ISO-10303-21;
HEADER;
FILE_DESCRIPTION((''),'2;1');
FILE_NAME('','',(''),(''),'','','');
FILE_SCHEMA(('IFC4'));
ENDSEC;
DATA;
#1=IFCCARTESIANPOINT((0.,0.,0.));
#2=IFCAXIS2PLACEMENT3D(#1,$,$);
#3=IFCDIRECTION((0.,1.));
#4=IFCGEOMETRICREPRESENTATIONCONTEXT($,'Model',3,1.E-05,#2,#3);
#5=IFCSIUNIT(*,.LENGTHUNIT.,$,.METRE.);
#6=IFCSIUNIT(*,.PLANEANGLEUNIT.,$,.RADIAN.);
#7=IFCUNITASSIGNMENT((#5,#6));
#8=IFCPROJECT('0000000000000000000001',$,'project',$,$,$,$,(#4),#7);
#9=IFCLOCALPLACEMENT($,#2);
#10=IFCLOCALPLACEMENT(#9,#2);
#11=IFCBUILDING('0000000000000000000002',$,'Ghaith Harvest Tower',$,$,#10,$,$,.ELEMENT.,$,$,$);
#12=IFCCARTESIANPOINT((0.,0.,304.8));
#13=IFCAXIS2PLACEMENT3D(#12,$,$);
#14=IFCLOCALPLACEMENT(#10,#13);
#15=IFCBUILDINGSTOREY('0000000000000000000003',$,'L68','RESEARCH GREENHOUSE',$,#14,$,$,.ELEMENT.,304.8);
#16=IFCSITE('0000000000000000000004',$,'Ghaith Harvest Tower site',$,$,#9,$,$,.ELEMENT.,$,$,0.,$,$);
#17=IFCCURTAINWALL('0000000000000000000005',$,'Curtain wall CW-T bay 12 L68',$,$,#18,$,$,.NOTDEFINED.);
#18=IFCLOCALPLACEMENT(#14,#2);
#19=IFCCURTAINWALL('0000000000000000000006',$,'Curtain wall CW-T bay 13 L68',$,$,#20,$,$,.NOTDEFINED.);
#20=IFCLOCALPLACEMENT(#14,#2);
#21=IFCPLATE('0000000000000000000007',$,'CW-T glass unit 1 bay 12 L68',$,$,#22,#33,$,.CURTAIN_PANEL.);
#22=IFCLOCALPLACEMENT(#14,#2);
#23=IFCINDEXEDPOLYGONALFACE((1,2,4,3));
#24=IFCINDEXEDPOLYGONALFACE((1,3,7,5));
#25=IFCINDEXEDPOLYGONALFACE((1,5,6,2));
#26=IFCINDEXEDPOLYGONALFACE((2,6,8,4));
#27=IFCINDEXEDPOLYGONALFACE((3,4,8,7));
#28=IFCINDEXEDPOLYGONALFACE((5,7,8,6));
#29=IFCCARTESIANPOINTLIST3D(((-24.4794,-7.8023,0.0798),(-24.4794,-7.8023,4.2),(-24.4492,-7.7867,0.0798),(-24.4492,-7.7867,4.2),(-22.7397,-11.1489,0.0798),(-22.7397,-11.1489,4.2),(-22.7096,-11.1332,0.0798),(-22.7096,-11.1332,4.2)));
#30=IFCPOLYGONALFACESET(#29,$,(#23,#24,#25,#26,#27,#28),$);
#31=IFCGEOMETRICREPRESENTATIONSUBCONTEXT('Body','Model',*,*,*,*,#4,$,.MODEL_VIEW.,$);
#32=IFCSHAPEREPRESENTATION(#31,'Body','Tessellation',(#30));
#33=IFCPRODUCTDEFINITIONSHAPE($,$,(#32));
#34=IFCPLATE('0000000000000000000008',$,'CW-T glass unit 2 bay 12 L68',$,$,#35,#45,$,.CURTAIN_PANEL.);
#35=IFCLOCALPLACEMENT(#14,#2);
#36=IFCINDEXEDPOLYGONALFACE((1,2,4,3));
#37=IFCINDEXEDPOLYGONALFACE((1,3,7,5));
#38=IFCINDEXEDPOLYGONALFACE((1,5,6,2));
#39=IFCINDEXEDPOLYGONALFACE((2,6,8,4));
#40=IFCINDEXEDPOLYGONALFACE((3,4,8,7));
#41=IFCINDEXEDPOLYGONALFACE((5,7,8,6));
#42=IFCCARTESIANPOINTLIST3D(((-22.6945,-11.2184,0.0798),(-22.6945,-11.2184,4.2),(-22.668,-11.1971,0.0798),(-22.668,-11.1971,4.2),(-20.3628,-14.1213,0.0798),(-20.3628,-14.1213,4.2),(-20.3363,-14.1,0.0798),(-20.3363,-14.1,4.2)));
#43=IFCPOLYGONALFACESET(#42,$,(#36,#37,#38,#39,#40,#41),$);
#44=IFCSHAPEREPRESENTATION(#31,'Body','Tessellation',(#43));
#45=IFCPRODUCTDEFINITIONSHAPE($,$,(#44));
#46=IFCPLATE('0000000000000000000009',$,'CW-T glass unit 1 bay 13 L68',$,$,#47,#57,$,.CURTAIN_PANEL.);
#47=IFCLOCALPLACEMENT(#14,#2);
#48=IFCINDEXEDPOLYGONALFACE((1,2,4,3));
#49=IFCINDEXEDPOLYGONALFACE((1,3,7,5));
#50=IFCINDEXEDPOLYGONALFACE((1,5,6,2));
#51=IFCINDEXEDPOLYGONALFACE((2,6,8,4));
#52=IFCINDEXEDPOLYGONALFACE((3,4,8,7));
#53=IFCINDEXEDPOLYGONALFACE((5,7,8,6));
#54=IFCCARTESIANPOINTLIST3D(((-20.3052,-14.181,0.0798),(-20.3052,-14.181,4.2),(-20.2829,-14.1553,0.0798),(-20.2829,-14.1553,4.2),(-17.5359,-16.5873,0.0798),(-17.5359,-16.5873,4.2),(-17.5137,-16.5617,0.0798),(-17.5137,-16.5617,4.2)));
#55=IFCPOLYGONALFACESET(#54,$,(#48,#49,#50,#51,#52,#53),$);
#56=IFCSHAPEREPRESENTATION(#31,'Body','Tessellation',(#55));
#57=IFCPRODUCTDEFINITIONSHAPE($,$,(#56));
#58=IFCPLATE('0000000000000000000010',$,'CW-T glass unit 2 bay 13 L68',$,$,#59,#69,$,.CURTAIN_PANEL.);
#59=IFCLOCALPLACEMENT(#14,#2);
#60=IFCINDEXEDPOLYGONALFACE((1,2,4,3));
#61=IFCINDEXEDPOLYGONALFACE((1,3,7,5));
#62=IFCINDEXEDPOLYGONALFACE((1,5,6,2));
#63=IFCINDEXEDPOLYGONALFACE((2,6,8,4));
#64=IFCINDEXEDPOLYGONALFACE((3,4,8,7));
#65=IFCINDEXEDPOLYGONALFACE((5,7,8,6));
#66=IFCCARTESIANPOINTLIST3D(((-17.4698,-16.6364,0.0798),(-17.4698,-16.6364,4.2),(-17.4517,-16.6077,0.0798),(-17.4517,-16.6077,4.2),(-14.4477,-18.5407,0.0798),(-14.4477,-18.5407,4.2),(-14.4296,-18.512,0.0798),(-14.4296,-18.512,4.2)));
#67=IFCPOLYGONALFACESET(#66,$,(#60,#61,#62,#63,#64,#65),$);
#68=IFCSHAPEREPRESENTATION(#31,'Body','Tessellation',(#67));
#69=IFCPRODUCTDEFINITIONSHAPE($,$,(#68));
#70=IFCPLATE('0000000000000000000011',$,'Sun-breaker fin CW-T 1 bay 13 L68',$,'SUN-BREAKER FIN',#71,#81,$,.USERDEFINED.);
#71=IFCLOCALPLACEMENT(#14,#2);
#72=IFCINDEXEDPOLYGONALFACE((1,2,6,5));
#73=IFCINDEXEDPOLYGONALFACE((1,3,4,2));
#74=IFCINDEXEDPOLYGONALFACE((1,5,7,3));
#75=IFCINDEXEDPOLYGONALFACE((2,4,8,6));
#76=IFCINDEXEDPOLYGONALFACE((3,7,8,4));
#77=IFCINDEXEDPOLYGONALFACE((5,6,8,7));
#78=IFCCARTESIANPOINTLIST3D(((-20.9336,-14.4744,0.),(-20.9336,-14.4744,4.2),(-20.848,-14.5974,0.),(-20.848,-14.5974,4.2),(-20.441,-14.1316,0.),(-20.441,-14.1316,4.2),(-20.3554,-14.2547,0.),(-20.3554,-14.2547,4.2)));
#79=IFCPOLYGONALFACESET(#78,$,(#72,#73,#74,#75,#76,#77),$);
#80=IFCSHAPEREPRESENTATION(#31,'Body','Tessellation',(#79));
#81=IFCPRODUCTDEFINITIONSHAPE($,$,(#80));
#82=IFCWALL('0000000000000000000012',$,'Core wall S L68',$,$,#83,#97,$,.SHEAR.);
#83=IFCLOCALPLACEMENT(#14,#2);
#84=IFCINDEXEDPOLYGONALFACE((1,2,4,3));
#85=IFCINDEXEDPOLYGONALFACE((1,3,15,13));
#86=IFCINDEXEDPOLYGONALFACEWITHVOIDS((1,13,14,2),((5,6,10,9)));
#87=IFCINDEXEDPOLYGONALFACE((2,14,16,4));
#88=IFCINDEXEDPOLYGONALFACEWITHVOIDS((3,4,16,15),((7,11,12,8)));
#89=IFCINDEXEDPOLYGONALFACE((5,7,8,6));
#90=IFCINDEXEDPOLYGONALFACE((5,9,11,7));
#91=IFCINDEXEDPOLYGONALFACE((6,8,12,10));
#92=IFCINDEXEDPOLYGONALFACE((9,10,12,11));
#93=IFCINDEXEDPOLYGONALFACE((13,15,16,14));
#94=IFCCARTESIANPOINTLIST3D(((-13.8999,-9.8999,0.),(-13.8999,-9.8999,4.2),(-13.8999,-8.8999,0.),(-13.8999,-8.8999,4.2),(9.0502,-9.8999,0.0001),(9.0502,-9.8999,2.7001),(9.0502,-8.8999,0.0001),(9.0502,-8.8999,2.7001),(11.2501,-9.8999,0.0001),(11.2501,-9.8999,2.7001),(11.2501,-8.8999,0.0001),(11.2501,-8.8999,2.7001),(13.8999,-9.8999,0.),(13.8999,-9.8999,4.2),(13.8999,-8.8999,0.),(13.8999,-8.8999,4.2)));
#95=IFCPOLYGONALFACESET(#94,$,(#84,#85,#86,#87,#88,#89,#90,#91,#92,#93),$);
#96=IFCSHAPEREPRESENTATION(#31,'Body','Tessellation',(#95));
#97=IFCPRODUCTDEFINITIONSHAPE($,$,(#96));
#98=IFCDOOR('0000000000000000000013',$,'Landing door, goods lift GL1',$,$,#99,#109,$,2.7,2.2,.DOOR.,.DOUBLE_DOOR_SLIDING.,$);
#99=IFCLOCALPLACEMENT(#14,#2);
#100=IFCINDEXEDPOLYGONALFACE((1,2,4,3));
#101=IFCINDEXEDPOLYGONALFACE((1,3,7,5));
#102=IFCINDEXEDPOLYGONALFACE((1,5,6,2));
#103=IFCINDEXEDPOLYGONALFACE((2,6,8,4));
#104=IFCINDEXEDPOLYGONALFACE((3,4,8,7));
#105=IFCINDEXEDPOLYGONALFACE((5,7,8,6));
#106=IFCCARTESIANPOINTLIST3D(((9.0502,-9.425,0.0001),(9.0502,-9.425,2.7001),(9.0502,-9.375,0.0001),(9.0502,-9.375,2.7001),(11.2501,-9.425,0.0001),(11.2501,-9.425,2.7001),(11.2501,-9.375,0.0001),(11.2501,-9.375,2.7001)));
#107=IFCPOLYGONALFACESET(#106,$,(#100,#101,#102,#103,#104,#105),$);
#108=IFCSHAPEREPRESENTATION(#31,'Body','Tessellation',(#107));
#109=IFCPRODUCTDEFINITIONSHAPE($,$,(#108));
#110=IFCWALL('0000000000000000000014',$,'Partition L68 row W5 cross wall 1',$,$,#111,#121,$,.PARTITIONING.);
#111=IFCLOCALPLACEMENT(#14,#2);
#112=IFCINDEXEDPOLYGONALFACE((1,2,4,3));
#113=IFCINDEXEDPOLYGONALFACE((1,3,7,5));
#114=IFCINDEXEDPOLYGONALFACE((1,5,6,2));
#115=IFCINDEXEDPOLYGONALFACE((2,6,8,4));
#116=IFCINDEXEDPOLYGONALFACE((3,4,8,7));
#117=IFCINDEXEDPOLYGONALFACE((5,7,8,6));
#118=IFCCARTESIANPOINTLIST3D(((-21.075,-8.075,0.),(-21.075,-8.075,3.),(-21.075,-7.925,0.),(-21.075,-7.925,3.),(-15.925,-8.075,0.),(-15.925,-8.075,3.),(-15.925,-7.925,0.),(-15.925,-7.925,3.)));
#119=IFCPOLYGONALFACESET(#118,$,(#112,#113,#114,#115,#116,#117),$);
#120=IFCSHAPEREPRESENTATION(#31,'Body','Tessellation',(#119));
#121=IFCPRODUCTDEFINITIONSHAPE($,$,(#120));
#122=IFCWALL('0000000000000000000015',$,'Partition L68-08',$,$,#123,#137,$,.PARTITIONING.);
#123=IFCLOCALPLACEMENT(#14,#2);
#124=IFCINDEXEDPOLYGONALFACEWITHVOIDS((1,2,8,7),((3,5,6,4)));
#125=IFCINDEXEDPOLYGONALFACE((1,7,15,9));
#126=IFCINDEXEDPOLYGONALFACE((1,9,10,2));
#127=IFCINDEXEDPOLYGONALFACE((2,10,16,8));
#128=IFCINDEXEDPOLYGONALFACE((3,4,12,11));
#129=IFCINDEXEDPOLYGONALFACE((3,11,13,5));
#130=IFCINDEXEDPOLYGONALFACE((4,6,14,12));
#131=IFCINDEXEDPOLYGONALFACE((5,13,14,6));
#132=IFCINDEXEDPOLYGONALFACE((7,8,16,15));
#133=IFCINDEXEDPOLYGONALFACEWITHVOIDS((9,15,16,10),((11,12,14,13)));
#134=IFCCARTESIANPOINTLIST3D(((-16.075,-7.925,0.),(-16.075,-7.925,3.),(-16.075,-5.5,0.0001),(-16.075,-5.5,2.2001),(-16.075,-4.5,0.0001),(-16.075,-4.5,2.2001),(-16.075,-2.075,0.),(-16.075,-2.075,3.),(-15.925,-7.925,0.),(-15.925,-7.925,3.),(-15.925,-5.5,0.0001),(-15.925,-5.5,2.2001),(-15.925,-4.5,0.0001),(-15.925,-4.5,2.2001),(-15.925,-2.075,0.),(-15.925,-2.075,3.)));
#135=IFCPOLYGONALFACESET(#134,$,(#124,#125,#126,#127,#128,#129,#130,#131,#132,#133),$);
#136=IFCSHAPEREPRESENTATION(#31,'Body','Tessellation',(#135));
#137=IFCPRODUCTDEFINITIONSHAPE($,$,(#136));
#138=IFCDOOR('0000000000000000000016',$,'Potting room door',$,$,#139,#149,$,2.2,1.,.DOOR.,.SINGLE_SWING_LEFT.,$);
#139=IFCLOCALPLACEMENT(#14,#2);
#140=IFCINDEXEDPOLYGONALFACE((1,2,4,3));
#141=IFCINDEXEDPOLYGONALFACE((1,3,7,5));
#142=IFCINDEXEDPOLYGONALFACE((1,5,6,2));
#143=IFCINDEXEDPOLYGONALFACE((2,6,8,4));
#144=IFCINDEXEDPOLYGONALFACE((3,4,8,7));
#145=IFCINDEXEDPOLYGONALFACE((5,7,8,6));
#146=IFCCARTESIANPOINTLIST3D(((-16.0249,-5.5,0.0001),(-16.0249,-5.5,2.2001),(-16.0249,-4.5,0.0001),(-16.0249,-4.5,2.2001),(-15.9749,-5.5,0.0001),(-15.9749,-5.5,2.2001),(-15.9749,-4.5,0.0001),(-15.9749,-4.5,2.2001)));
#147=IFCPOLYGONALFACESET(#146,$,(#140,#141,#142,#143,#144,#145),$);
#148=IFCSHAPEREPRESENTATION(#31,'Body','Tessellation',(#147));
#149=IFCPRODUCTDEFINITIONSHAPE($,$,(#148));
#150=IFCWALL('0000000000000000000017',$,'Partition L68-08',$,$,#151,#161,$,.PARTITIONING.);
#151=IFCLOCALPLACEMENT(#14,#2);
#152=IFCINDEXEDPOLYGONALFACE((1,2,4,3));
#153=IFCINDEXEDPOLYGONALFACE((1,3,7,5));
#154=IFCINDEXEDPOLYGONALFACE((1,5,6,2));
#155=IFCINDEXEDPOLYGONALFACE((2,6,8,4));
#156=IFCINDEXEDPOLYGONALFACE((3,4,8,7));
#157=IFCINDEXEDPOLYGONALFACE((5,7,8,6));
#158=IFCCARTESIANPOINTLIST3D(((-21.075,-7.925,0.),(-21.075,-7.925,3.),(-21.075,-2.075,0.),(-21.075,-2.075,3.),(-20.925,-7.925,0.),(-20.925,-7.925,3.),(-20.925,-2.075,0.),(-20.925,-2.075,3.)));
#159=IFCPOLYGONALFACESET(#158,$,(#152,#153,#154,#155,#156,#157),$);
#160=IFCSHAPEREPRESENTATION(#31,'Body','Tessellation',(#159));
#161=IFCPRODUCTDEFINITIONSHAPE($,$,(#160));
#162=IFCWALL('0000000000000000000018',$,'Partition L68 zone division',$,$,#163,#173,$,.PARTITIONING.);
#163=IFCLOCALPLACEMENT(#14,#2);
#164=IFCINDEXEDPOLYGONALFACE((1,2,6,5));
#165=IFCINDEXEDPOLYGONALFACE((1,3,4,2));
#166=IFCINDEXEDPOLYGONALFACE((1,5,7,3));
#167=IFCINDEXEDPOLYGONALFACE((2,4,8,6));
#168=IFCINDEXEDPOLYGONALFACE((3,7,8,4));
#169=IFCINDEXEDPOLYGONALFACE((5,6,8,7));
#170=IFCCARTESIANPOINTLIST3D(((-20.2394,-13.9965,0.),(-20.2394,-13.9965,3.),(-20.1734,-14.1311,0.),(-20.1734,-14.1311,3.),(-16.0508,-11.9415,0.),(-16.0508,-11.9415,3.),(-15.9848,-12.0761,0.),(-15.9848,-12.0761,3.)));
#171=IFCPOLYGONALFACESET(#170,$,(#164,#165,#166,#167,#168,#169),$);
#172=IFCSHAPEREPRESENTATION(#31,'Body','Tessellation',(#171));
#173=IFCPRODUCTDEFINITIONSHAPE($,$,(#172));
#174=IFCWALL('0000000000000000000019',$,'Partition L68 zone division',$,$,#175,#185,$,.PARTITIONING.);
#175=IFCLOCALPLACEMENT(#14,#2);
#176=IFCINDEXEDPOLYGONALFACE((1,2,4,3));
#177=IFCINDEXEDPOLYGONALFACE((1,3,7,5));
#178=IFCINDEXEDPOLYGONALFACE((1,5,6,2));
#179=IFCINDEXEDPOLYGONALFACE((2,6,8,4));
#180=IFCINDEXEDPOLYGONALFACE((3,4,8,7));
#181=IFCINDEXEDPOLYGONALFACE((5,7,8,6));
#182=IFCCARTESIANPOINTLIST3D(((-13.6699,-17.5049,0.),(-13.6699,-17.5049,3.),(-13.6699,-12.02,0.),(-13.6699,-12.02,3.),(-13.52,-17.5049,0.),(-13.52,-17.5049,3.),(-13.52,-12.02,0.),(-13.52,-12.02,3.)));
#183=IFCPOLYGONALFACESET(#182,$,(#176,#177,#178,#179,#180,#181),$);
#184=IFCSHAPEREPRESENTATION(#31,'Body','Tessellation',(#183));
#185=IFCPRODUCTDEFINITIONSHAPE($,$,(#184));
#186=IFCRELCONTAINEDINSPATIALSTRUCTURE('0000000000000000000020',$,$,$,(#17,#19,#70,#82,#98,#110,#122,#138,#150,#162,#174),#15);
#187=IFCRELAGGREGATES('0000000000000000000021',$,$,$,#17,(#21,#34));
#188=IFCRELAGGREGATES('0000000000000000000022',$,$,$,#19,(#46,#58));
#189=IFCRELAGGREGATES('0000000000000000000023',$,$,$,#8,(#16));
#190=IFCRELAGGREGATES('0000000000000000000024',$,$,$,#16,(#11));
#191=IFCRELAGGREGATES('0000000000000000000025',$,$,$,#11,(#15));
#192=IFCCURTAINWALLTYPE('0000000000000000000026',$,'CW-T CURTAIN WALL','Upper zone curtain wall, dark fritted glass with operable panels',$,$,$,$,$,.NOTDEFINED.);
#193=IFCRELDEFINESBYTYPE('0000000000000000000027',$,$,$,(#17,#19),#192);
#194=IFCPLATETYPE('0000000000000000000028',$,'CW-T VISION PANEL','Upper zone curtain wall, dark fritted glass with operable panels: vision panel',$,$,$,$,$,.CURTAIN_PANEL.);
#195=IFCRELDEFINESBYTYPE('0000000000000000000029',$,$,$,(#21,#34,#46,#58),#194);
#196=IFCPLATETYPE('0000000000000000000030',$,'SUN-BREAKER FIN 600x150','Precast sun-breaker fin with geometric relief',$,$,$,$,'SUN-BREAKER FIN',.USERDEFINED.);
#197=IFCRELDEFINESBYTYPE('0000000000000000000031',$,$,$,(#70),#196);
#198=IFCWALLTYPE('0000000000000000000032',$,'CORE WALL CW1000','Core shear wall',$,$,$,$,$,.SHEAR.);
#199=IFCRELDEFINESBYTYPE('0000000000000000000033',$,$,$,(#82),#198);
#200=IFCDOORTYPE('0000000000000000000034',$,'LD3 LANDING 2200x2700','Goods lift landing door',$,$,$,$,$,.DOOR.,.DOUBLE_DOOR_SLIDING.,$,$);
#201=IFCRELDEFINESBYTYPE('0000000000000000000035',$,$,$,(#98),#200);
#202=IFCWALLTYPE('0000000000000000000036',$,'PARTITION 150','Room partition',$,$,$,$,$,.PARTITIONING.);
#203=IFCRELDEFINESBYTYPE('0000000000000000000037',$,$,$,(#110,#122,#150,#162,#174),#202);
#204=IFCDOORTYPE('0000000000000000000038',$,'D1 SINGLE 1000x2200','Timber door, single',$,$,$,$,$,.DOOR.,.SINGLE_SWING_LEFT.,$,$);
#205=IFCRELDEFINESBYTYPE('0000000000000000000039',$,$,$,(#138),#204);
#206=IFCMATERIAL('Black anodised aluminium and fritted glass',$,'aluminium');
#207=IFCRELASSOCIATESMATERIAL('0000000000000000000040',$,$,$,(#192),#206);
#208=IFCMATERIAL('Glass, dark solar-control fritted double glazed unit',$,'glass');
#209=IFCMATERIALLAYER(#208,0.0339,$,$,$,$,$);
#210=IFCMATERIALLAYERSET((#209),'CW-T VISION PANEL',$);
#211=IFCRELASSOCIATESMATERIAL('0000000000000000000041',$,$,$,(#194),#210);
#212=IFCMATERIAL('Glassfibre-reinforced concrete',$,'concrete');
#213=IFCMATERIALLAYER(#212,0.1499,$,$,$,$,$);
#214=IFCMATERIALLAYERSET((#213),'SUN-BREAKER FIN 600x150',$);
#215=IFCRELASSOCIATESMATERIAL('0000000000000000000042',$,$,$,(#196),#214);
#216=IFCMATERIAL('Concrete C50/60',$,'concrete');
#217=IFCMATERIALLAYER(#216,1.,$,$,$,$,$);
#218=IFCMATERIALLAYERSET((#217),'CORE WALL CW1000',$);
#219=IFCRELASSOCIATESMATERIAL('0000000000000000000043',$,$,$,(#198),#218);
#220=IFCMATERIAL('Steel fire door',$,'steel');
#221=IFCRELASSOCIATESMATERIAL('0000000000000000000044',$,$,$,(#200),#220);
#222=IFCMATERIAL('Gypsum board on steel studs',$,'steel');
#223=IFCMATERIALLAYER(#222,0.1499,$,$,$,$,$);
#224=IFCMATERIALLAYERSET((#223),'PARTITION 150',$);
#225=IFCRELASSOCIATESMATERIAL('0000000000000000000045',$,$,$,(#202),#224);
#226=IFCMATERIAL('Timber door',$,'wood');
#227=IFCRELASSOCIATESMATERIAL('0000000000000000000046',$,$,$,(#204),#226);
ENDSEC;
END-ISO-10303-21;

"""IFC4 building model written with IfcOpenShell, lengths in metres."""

from ifc_helpers import new_model, si_unit, direction, frame, frame_2d, origin, origin_2d, place, context, subcontext, project, spatial, rectangle, extrude, material, layer, layer_set, type_object, element, fill, aggregate, save


model = new_model("IFC4")

# Units and contexts
model_context = context("Model", 3, precision=1e-05, world=origin(), true_north=direction((0.0, 1.0)))
body_context = subcontext(model_context, "Body", "Model", "MODEL_VIEW")
ifc_project = project(units=[si_unit("LENGTHUNIT", "METRE"), si_unit("PLANEANGLEUNIT", "RADIAN")], contexts=[model_context])

# Site, building, storey
site_placement = place(None, origin())
site = spatial("IfcSite", under=ifc_project, at=site_placement, Name="Ghaith Harvest Tower site", CompositionType="ELEMENT", RefElevation=0.0)
building_placement = place(site_placement, origin())
building = spatial("IfcBuilding", under=site, at=building_placement, Name="Ghaith Harvest Tower", CompositionType="ELEMENT")
storey_placement = place(building_placement, frame((0.0, 0.0, 304.8)))
storey = spatial("IfcBuildingStorey", under=building, at=storey_placement, Name="L68", Description="RESEARCH GREENHOUSE", CompositionType="ELEMENT", Elevation=304.8)

# Curtain wall
ifc_material_1 = material(Name="Black anodised aluminium and fritted glass", Category="aluminium")
curtain_wall_type = type_object("IfcCurtainWallType", Name="CW-T CURTAIN WALL", Description="Upper zone curtain wall, dark fritted glass with operable panels", PredefinedType="NOTDEFINED", material=ifc_material_1)
curtain_wall_1_placement = place(storey_placement, origin())
curtain_wall_1 = element("IfcCurtainWall", 1, at=curtain_wall_1_placement, inside=storey, type_object=curtain_wall_type, Name="Curtain wall CW-T bay 12 L68", PredefinedType="NOTDEFINED")

# Curtain wall
curtain_wall_2_placement = place(storey_placement, origin())
curtain_wall_2 = element("IfcCurtainWall", 2, at=curtain_wall_2_placement, inside=storey, type_object=curtain_wall_type, Name="Curtain wall CW-T bay 13 L68", PredefinedType="NOTDEFINED")

# Plates
ifc_material_2 = material(Name="Glass, dark solar-control fritted double glazed unit", Category="glass")
ifc_layer_1 = layer(ifc_material_2, 0.0339)
ifc_layer_set_1 = layer_set([ifc_layer_1], Name="CW-T VISION PANEL")
plate_type_1 = type_object("IfcPlateType", Name="CW-T VISION PANEL", Description="Upper zone curtain wall, dark fritted glass with operable panels: vision panel", PredefinedType="CURTAIN_PANEL", material=ifc_layer_set_1)
plate_1_placement = place(storey_placement, frame((-23.5945, -9.4678, 0.0798), z_axis=(0.0, 0.0, 1.0), x_axis=(0.46123, -0.887281, 0.0)))
plate_1 = element("IfcPlate", 3, at=plate_1_placement, type_object=plate_type_1, Name="CW-T glass unit 1 bay 12 L68", PredefinedType="CURTAIN_PANEL", context=body_context, shape_type="SweptSolid", body=[
    extrude(rectangle(XDim=3.7717, YDim=0.0339, at=origin_2d()), origin(), (0.0, 0.0, 1.0), 4.1201),
])
plate_2_placement = place(storey_placement, frame((-21.5154, -12.6592, 0.0798), z_axis=(0.0, 0.0, 1.0), x_axis=(0.62623, -0.779639, 0.0)))
plate_2 = element("IfcPlate", 4, at=plate_2_placement, type_object=plate_type_1, Name="CW-T glass unit 2 bay 12 L68", PredefinedType="CURTAIN_PANEL", context=body_context, shape_type="SweptSolid", body=[
    extrude(rectangle(XDim=3.7234, YDim=0.0339, at=origin_2d()), origin(), (0.0, 0.0, 1.0), 4.1201),
])
aggregate(curtain_wall_1, [plate_1, plate_2])
plate_3_placement = place(storey_placement, frame((-18.9094, -15.3713, 0.0798), z_axis=(0.0, 0.0, 1.0), x_axis=(0.754829, -0.655922, 0.0)))
plate_3 = element("IfcPlate", 5, at=plate_3_placement, type_object=plate_type_1, Name="CW-T glass unit 1 bay 13 L68", PredefinedType="CURTAIN_PANEL", context=body_context, shape_type="SweptSolid", body=[
    extrude(rectangle(XDim=3.6687, YDim=0.0339, at=origin_2d()), origin(), (0.0, 0.0, 1.0), 4.1201),
])
plate_4_placement = place(storey_placement, frame((-15.9497, -17.5742, 0.0798), z_axis=(0.0, 0.0, 1.0), x_axis=(0.846043, -0.533114, 0.0)))
plate_4 = element("IfcPlate", 6, at=plate_4_placement, type_object=plate_type_1, Name="CW-T glass unit 2 bay 13 L68", PredefinedType="CURTAIN_PANEL", context=body_context, shape_type="SweptSolid", body=[
    extrude(rectangle(XDim=3.572, YDim=0.0339, at=origin_2d()), origin(), (0.0, 0.0, 1.0), 4.1201),
])
aggregate(curtain_wall_2, [plate_3, plate_4])
ifc_material_3 = material(Name="Glassfibre-reinforced concrete", Category="concrete")
ifc_layer_2 = layer(ifc_material_3, 0.1499)
ifc_layer_set_2 = layer_set([ifc_layer_2], Name="SUN-BREAKER FIN 600x150")
plate_type_2 = type_object("IfcPlateType", Name="SUN-BREAKER FIN 600x150", Description="Precast sun-breaker fin with geometric relief", ElementType="SUN-BREAKER FIN", PredefinedType="USERDEFINED", material=ifc_layer_set_2)
plate_5_placement = place(storey_placement, frame((-20.6445, -14.3645, 0.0), z_axis=(0.0, 0.0, 1.0), x_axis=(-0.820845, -0.57115, 0.0)))
element("IfcPlate", 7, at=plate_5_placement, inside=storey, type_object=plate_type_2, Name="Sun-breaker fin CW-T 1 bay 13 L68", ObjectType="SUN-BREAKER FIN", PredefinedType="USERDEFINED", context=body_context, shape_type="SweptSolid", body=[
    extrude(rectangle(XDim=0.6001, YDim=0.1499, at=origin_2d()), origin(), (0.0, 0.0, 1.0), 4.2),
])

# Wall, opening, door
ifc_material_4 = material(Name="Concrete C50/60", Category="concrete")
ifc_layer_3 = layer(ifc_material_4, 1.0)
ifc_layer_set_3 = layer_set([ifc_layer_3], Name="CORE WALL CW1000")
wall_type_1 = type_object("IfcWallType", Name="CORE WALL CW1000", Description="Core shear wall", PredefinedType="SHEAR", material=ifc_layer_set_3)
wall_1_placement = place(storey_placement, frame((-13.8999, -9.3999, 0.0), z_axis=(0.0, 0.0, 1.0), x_axis=(1.0, 0.0, 0.0)))
wall_1 = element("IfcWall", 8, at=wall_1_placement, inside=storey, type_object=wall_type_1, Name="Core wall S L68", PredefinedType="SHEAR", context=body_context, shape_type="SweptSolid", body=[
    extrude(rectangle(XDim=27.7998, YDim=1.0, at=frame_2d((13.8999, 0.0))), origin(), (0.0, 0.0, 1.0), 4.2),
])
opening_1_placement = place(wall_1_placement, frame((22.95, 0.0, 0.0)))
opening_1 = element("IfcOpeningElement", 9, at=opening_1_placement, cuts=wall_1, PredefinedType="OPENING", context=body_context, shape_type="SweptSolid", body=[
    extrude(rectangle(XDim=2.2, YDim=2.7, at=frame_2d((1.1001, 1.3501))), frame((0.0, 0.51, 0.0), z_axis=(0.0, -1.0, 0.0), x_axis=(1.0, 0.0, 0.0)), (0.0, 0.0, 1.0), 1.02),
])
ifc_material_5 = material(Name="Steel fire door", Category="steel")
door_type_1 = type_object("IfcDoorType", Name="LD3 LANDING 2200x2700", Description="Goods lift landing door", OperationType="DOUBLE_DOOR_SLIDING", PredefinedType="DOOR", material=ifc_material_5)
door_1_placement = place(opening_1_placement, origin())
door_1 = element("IfcDoor", 10, at=door_1_placement, inside=storey, type_object=door_type_1, Name="Landing door, goods lift GL1", OperationType="DOUBLE_DOOR_SLIDING", OverallHeight=2.7, OverallWidth=2.2, PredefinedType="DOOR", context=body_context, shape_type="SweptSolid", body=[
    extrude(rectangle(XDim=2.2, YDim=2.7, at=frame_2d((1.1001, 1.3501))), frame((0.0, 0.0249, 0.0), z_axis=(0.0, -1.0, 0.0), x_axis=(1.0, 0.0, 0.0)), (0.0, 0.0, 1.0), 0.05),
])
fill(opening_1, door_1)

# Wall
ifc_material_6 = material(Name="Gypsum board on steel studs", Category="steel")
ifc_layer_4 = layer(ifc_material_6, 0.1499)
ifc_layer_set_4 = layer_set([ifc_layer_4], Name="PARTITION 150")
wall_type_2 = type_object("IfcWallType", Name="PARTITION 150", Description="Room partition", PredefinedType="PARTITIONING", material=ifc_layer_set_4)
wall_2_placement = place(storey_placement, frame((-15.925, -8.0, 0.0), z_axis=(0.0, 0.0, 1.0), x_axis=(-1.0, 0.0, 0.0)))
element("IfcWall", 11, at=wall_2_placement, inside=storey, type_object=wall_type_2, Name="Partition L68 row W5 cross wall 1", PredefinedType="PARTITIONING", context=body_context, shape_type="SweptSolid", body=[
    extrude(rectangle(XDim=5.1499, YDim=0.1499, at=frame_2d((2.575, 0.0))), origin(), (0.0, 0.0, 1.0), 3.0),
])

# Wall, opening, door
wall_3_placement = place(storey_placement, frame((-16.0, -7.925, 0.0), z_axis=(0.0, 0.0, 1.0), x_axis=(0.0, 1.0, 0.0)))
wall_3 = element("IfcWall", 12, at=wall_3_placement, inside=storey, type_object=wall_type_2, Name="Partition L68-08", PredefinedType="PARTITIONING", context=body_context, shape_type="SweptSolid", body=[
    extrude(rectangle(XDim=5.8501, YDim=0.1499, at=frame_2d((2.925, 0.0))), origin(), (0.0, 0.0, 1.0), 3.0),
])
opening_2_placement = place(wall_3_placement, frame((2.425, 0.0, 0.0)))
opening_2 = element("IfcOpeningElement", 13, at=opening_2_placement, cuts=wall_3, PredefinedType="OPENING", context=body_context, shape_type="SweptSolid", body=[
    extrude(rectangle(XDim=1.0, YDim=2.2, at=frame_2d((0.5, 1.1001))), frame((0.0, 0.085, 0.0), z_axis=(0.0, -1.0, 0.0), x_axis=(1.0, 0.0, 0.0)), (0.0, 0.0, 1.0), 0.1699),
])
ifc_material_7 = material(Name="Timber door", Category="wood")
door_type_2 = type_object("IfcDoorType", Name="D1 SINGLE 1000x2200", Description="Timber door, single", OperationType="SINGLE_SWING_LEFT", PredefinedType="DOOR", material=ifc_material_7)
door_2_placement = place(opening_2_placement, origin())
door_2 = element("IfcDoor", 14, at=door_2_placement, inside=storey, type_object=door_type_2, Name="Potting room door", OperationType="SINGLE_SWING_LEFT", OverallHeight=2.2, OverallWidth=1.0, PredefinedType="DOOR", context=body_context, shape_type="SweptSolid", body=[
    extrude(rectangle(XDim=1.0, YDim=2.2, at=frame_2d((0.5, 1.1001))), frame((0.0, 0.0249, 0.0), z_axis=(0.0, -1.0, 0.0), x_axis=(1.0, 0.0, 0.0)), (0.0, 0.0, 1.0), 0.05),
])
fill(opening_2, door_2)

# Walls
wall_4_placement = place(storey_placement, frame((-21.0, -7.925, 0.0), z_axis=(0.0, 0.0, 1.0), x_axis=(0.0, 1.0, 0.0)))
element("IfcWall", 15, at=wall_4_placement, inside=storey, type_object=wall_type_2, Name="Partition L68-08", PredefinedType="PARTITIONING", context=body_context, shape_type="SweptSolid", body=[
    extrude(rectangle(XDim=5.8501, YDim=0.1499, at=frame_2d((2.925, 0.0))), origin(), (0.0, 0.0, 1.0), 3.0),
])
wall_5_placement = place(storey_placement, frame((-16.0178, -12.0088, 0.0), z_axis=(0.0, 0.0, 1.0), x_axis=(-0.897772, -0.440461, 0.0)))
element("IfcWall", 16, at=wall_5_placement, inside=storey, type_object=wall_type_2, Name="Partition L68 zone division", PredefinedType="PARTITIONING", context=body_context, shape_type="SweptSolid", body=[
    extrude(rectangle(XDim=4.6655, YDim=0.1499, at=frame_2d((2.3328, 0.0))), origin(), (0.0, 0.0, 1.0), 3.0),
])
wall_6_placement = place(storey_placement, frame((-13.595, -12.02, 0.0), z_axis=(0.0, 0.0, 1.0), x_axis=(0.0, -1.0, 0.0)))
element("IfcWall", 17, at=wall_6_placement, inside=storey, type_object=wall_type_2, Name="Partition L68 zone division", PredefinedType="PARTITIONING", context=body_context, shape_type="SweptSolid", body=[
    extrude(rectangle(XDim=5.4849, YDim=0.1499, at=frame_2d((2.7424, 0.0))), origin(), (0.0, 0.0, 1.0), 3.0),
])

save(model, "model.ifc")
